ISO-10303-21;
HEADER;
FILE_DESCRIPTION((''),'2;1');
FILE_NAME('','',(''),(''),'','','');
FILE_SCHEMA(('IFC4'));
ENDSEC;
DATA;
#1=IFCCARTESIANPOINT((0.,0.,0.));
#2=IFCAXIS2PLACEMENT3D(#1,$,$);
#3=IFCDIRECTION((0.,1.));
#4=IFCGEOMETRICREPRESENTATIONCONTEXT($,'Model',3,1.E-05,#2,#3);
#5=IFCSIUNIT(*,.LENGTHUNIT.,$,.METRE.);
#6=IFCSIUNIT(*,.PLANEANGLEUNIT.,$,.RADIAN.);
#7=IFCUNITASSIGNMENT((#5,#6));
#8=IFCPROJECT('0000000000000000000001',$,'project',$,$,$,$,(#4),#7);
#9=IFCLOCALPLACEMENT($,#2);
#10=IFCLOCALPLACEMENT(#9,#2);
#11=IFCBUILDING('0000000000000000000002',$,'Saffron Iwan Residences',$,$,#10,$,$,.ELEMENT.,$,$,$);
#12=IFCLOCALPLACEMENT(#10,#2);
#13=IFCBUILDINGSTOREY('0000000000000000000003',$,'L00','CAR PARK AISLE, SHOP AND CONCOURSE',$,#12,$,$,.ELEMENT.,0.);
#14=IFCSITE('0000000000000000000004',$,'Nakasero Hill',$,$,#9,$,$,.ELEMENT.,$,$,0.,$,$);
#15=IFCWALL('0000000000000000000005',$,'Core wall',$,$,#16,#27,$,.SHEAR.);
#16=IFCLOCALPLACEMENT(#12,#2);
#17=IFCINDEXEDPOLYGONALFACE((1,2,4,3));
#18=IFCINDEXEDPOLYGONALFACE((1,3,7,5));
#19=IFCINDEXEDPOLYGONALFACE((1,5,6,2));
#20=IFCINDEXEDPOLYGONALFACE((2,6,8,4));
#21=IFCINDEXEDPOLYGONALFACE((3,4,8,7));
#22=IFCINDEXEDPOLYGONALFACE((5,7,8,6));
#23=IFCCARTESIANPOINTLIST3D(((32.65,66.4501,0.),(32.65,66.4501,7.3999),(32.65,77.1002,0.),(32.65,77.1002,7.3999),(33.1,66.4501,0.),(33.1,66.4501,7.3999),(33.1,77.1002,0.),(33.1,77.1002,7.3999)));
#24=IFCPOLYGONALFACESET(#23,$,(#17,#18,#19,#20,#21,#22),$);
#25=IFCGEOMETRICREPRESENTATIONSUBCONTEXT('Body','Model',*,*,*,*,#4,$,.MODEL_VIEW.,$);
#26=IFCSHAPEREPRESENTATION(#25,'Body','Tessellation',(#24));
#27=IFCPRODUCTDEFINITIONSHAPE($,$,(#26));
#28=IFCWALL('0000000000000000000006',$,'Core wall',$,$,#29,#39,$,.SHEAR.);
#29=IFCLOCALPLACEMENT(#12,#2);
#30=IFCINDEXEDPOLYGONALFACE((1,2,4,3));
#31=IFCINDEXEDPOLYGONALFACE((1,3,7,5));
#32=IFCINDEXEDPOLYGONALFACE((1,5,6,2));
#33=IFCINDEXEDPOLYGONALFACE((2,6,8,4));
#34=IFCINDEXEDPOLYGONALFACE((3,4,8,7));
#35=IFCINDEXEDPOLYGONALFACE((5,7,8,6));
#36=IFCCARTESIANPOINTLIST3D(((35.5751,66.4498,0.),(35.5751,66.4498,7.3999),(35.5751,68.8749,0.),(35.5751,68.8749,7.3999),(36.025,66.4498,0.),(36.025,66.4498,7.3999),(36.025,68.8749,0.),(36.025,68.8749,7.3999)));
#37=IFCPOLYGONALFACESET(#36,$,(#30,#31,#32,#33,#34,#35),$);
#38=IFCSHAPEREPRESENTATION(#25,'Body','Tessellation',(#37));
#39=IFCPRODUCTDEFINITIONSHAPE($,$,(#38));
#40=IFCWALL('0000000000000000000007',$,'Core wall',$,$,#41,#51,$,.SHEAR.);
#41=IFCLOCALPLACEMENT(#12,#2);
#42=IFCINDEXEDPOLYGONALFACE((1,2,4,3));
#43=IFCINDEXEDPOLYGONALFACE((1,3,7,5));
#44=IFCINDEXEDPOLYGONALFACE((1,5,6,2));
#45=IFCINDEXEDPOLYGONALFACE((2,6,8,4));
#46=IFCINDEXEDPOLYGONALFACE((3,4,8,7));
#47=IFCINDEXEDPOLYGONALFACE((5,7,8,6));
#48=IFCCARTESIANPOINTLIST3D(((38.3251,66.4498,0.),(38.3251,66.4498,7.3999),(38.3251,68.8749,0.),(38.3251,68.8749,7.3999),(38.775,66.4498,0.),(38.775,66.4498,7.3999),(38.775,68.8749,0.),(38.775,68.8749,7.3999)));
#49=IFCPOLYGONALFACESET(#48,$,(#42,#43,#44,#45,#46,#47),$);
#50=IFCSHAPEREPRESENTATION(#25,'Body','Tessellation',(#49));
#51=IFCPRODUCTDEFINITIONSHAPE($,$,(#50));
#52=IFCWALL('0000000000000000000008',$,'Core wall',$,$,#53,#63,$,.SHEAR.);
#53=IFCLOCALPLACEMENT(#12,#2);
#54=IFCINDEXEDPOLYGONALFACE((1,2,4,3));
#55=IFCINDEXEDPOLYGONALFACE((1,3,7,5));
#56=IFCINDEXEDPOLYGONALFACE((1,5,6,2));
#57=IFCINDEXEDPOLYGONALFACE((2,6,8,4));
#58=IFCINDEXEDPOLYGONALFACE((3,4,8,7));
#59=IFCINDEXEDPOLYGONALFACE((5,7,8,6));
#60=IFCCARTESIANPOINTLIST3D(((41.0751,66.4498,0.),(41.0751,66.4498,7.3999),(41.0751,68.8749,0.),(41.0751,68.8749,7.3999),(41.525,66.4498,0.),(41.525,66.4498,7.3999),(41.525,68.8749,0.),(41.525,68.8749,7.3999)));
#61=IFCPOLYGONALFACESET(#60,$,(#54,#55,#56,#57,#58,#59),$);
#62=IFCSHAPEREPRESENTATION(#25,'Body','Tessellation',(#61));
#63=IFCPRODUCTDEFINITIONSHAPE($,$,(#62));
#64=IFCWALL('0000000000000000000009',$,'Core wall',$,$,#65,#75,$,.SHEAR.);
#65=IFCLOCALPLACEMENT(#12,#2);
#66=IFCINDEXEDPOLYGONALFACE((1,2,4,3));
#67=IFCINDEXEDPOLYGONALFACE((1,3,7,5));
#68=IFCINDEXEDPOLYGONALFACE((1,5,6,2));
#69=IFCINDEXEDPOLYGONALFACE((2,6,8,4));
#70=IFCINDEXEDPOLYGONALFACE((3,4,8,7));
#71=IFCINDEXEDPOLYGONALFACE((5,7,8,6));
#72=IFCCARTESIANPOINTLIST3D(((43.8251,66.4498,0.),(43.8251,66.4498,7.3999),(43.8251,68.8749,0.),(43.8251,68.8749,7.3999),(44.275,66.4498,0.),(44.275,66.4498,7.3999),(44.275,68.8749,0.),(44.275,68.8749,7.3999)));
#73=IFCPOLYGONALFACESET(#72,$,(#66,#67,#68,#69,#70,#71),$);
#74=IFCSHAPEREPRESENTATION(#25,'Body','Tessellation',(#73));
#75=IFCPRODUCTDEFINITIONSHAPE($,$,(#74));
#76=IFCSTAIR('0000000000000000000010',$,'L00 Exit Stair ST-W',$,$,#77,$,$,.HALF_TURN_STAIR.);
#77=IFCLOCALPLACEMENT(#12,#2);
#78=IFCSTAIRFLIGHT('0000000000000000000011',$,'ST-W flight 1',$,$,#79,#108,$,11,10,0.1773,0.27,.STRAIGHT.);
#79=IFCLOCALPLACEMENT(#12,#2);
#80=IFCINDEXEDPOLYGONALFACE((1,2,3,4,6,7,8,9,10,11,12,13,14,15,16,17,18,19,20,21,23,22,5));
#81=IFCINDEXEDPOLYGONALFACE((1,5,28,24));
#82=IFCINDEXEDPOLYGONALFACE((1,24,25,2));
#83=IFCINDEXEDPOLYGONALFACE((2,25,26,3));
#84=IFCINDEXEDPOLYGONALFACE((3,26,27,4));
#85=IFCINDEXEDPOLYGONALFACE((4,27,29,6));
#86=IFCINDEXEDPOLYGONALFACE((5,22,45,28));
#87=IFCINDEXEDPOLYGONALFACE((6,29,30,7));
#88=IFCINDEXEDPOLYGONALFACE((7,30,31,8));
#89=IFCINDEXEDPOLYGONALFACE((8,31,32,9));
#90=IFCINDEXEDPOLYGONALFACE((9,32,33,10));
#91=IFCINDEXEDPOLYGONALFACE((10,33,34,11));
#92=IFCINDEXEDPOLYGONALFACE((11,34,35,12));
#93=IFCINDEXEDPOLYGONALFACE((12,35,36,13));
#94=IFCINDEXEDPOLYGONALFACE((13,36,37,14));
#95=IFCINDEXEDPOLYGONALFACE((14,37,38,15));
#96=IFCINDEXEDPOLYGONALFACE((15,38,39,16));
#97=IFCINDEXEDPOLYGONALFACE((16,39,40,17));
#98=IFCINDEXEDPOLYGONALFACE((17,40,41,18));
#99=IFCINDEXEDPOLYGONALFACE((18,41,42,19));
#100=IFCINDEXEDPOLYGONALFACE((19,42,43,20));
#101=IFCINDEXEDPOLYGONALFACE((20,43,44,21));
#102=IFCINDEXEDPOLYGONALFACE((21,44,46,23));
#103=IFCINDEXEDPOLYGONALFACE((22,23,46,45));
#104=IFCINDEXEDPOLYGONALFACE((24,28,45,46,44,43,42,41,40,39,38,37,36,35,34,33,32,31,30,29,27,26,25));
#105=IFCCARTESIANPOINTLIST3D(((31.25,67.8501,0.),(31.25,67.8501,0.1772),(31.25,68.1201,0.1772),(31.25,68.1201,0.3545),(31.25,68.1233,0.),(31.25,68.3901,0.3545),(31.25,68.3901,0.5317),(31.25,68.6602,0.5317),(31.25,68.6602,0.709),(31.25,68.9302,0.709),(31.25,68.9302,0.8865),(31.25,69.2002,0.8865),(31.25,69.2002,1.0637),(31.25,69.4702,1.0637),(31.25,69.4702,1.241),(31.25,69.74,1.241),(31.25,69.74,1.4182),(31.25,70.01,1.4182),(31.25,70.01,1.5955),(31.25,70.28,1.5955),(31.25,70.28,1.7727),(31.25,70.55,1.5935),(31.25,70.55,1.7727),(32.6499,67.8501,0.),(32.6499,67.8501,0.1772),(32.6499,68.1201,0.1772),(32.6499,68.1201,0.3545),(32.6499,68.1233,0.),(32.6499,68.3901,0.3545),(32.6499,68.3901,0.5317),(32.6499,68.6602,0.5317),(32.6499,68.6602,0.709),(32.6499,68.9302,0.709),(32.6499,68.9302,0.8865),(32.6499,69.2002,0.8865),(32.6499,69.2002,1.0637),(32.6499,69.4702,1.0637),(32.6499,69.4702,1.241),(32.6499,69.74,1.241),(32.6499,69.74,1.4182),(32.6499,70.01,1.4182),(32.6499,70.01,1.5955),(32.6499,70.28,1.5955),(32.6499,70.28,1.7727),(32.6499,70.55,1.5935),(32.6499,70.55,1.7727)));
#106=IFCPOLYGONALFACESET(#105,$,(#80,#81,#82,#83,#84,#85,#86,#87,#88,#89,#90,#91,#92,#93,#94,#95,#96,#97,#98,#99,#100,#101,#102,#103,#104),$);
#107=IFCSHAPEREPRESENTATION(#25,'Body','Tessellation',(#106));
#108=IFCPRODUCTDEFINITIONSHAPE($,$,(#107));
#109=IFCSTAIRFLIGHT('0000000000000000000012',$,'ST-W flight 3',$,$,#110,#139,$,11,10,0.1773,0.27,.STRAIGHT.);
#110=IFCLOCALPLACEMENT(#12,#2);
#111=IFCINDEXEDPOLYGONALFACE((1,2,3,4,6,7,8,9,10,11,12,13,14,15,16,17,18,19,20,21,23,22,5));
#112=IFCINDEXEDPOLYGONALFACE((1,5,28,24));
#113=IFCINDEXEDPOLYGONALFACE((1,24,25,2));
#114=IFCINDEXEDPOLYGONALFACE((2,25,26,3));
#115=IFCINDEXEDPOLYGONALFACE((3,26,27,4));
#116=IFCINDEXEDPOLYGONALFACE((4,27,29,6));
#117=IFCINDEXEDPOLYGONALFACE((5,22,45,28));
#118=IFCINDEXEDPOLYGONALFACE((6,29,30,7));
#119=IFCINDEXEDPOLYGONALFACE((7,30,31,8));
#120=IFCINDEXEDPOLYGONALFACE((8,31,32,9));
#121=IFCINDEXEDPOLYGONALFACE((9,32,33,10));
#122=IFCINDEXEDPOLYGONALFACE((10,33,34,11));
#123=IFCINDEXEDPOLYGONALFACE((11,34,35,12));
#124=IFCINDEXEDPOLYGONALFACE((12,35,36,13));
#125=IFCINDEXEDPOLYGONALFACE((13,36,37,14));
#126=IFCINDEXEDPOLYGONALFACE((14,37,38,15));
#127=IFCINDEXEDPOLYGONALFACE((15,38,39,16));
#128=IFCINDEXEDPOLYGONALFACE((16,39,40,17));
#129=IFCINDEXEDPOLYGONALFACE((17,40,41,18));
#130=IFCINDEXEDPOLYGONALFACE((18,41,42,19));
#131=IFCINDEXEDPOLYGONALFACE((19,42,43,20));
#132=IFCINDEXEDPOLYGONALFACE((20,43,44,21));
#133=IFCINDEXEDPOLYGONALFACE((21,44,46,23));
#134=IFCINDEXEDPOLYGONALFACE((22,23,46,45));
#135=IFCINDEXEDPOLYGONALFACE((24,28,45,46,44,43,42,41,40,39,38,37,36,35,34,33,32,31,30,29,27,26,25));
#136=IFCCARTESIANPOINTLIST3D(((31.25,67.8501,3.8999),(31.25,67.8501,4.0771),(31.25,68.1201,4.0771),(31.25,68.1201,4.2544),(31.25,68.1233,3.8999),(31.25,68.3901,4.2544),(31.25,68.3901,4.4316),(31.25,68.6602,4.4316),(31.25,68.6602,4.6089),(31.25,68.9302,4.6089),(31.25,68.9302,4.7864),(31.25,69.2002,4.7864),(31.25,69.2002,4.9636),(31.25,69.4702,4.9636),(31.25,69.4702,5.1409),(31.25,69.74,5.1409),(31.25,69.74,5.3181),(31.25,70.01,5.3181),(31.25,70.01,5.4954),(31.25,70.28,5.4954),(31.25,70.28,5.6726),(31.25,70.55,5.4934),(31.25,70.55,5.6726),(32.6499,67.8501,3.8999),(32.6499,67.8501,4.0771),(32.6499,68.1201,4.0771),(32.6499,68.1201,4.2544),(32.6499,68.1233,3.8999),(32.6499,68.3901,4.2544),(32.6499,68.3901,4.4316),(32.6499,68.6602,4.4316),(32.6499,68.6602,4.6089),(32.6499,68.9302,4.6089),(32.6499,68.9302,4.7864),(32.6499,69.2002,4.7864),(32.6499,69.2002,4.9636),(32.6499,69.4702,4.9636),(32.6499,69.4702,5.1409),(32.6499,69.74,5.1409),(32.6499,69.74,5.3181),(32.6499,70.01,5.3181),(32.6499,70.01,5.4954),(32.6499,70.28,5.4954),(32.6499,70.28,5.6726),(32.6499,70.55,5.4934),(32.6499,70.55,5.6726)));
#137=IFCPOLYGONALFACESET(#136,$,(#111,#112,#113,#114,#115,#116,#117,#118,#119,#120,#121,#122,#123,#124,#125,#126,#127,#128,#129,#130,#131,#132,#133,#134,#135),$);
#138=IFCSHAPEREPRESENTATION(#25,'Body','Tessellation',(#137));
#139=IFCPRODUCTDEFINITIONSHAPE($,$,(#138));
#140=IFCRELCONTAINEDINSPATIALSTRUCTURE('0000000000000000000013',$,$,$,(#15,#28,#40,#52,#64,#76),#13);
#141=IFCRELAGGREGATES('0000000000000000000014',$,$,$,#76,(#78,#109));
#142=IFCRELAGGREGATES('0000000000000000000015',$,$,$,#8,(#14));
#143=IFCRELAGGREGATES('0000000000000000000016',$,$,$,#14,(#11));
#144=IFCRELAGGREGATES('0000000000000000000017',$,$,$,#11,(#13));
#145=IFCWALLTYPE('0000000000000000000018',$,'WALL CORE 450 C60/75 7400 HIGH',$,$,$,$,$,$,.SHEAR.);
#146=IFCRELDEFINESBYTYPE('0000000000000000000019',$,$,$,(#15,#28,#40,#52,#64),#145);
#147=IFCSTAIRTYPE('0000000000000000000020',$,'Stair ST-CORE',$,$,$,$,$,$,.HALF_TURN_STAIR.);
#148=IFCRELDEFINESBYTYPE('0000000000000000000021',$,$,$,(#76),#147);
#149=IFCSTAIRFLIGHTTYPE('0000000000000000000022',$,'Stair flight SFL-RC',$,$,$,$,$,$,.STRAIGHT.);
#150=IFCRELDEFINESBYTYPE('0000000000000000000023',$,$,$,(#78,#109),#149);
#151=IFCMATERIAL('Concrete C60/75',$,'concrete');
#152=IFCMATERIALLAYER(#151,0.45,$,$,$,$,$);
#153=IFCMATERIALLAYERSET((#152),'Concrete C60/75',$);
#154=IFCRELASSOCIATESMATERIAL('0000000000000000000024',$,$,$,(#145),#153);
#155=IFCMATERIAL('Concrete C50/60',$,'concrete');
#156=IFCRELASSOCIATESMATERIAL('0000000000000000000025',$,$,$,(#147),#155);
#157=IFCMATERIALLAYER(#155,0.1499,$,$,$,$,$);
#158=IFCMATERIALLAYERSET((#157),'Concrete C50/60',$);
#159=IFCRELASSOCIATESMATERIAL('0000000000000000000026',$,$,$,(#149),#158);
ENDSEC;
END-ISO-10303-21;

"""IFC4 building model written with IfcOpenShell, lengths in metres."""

from ifc_helpers import new_model, si_unit, direction, frame, frame_2d, origin, place, context, subcontext, project, spatial, polyline, rectangle, outline, extrude, material, layer, layer_set, type_object, element, aggregate, save


model = new_model("IFC4")

# Units and contexts
model_context = context("Model", 3, precision=1e-05, world=origin(), true_north=direction((0.0, 1.0)))
body_context = subcontext(model_context, "Body", "Model", "MODEL_VIEW")
ifc_project = project(units=[si_unit("LENGTHUNIT", "METRE"), si_unit("PLANEANGLEUNIT", "RADIAN")], contexts=[model_context])

# Site, building, storey
site_placement = place(None, origin())
site = spatial("IfcSite", under=ifc_project, at=site_placement, Name="Nakasero Hill", CompositionType="ELEMENT", RefElevation=0.0)
building_placement = place(site_placement, origin())
building = spatial("IfcBuilding", under=site, at=building_placement, Name="Saffron Iwan Residences", CompositionType="ELEMENT")
storey_placement = place(building_placement, origin())
storey = spatial("IfcBuildingStorey", under=building, at=storey_placement, Name="L00", Description="CAR PARK AISLE, SHOP AND CONCOURSE", CompositionType="ELEMENT", Elevation=0.0)

# Shared definitions
ifc_material_1 = material(Name="Concrete C50/60", Category="concrete")

# Shared definitions
ifc_material_2 = material(Name="Concrete C60/75", Category="concrete")
ifc_layer_1 = layer(ifc_material_2, 0.45)
ifc_layer_set_1 = layer_set([ifc_layer_1], Name="Concrete C60/75")
wall_type = type_object("IfcWallType", Name="WALL CORE 450 C60/75 7400 HIGH", PredefinedType="SHEAR", material=ifc_layer_set_1)

# Walls
wall_1_placement = place(storey_placement, frame((32.875, 66.45, 0.0), z_axis=(0.0, 0.0, 1.0), x_axis=(0.0, 1.0, 0.0)))
element("IfcWall", 1, at=wall_1_placement, inside=storey, type_object=wall_type, Name="Core wall", PredefinedType="SHEAR", context=body_context, shape_type="SweptSolid", body=[
    extrude(rectangle(XDim=10.6501, YDim=0.45, at=frame_2d((5.3252, 0.0))), origin(), (0.0, 0.0, 1.0), 7.3999),
])
for number, where, z_axis, x_axis, name in (
    (2, (35.8, 66.45, 0.0), (0.0, 0.0, 1.0), (0.0, 1.0, 0.0), "Core wall"),
    (3, (38.55, 66.45, 0.0), (0.0, 0.0, 1.0), (0.0, 1.0, 0.0), "Core wall"),
    (4, (41.3, 66.45, 0.0), (0.0, 0.0, 1.0), (0.0, 1.0, 0.0), "Core wall"),
    (5, (44.05, 66.45, 0.0), (0.0, 0.0, 1.0), (0.0, 1.0, 0.0), "Core wall"),
):
    element("IfcWall", number, at=place(storey_placement, frame(where, z_axis=z_axis, x_axis=x_axis)), inside=storey, type_object=wall_type, Name=name, PredefinedType="SHEAR", context=body_context, shape_type="SweptSolid", body=[
        extrude(rectangle(XDim=2.425, YDim=0.45, at=frame_2d((1.2124, 0.0))), origin(), (0.0, 0.0, 1.0), 7.3999),
    ])

# Stair, stair flights
stair_type = type_object("IfcStairType", Name="Stair ST-CORE", PredefinedType="HALF_TURN_STAIR", material=ifc_material_1)
stair_placement = place(storey_placement, origin())
stair = element("IfcStair", 6, at=stair_placement, inside=storey, type_object=stair_type, Name="L00 Exit Stair ST-W", PredefinedType="HALF_TURN_STAIR")
ifc_layer_2 = layer(ifc_material_1, 0.1499)
ifc_layer_set_2 = layer_set([ifc_layer_2], Name="Concrete C50/60")
stair_flight_type = type_object("IfcStairFlightType", Name="Stair flight SFL-RC", PredefinedType="STRAIGHT", material=ifc_layer_set_2)
stair_flight_1_placement = place(storey_placement, frame((31.95, 67.8501, 0.0), z_axis=(0.0, 0.0, 1.0), x_axis=(0.0, 1.0, 0.0)))
stair_flight_1 = element("IfcStairFlight", 7, at=stair_flight_1_placement, type_object=stair_flight_type, Name="ST-W flight 1", NumberOfRisers=11, NumberOfTreads=10, PredefinedType="STRAIGHT", RiserHeight=0.1773, TreadLength=0.27, context=body_context, shape_type="SweptSolid", body=[
    extrude(outline(polyline([(0.0, 0.0), (0.0, 0.1772), (0.27, 0.1772), (0.27, 0.3545), (0.54, 0.3545), (0.54, 0.5317), (0.8101, 0.5317), (0.8101, 0.709), (1.0801, 0.709), (1.0801, 0.8865), (1.3501, 0.8865), (1.3501, 1.0637), (1.6201, 1.0637), (1.6201, 1.241), (1.8899, 1.241), (1.8899, 1.4182), (2.1599, 1.4182), (2.1599, 1.5955), (2.4299, 1.5955), (2.4299, 1.7727), (2.7, 1.7727), (2.7, 1.95), (2.7, 1.5935), (0.2732, 0.0), (0.0, 0.0)])), frame((0.0, 0.7, 0.0), z_axis=(0.0, -1.0, 0.0), x_axis=(1.0, 0.0, 0.0)), (0.0, 0.0, 1.0), 1.3999),
])
stair_flight_2_placement = place(storey_placement, frame((31.95, 67.8501, 3.8999), z_axis=(0.0, 0.0, 1.0), x_axis=(0.0, 1.0, 0.0)))
stair_flight_2 = element("IfcStairFlight", 8, at=stair_flight_2_placement, type_object=stair_flight_type, Name="ST-W flight 3", NumberOfRisers=11, NumberOfTreads=10, PredefinedType="STRAIGHT", RiserHeight=0.1773, TreadLength=0.27, context=body_context, shape_type="SweptSolid", body=[
    extrude(outline(polyline([(0.0, 0.0), (0.0, 0.1772), (0.27, 0.1772), (0.27, 0.3545), (0.54, 0.3545), (0.54, 0.5317), (0.8101, 0.5317), (0.8101, 0.709), (1.0801, 0.709), (1.0801, 0.8865), (1.3501, 0.8865), (1.3501, 1.0637), (1.6201, 1.0637), (1.6201, 1.241), (1.8899, 1.241), (1.8899, 1.4182), (2.1599, 1.4182), (2.1599, 1.5955), (2.4299, 1.5955), (2.4299, 1.7727), (2.7, 1.7727), (2.7, 1.95), (2.7, 1.5935), (0.2732, 0.0), (0.0, 0.0)])), frame((0.0, 0.7, 0.0), z_axis=(0.0, -1.0, 0.0), x_axis=(1.0, 0.0, 0.0)), (0.0, 0.0, 1.0), 1.3999),
])
aggregate(stair, [stair_flight_1, stair_flight_2])

save(model, "model.ifc")
